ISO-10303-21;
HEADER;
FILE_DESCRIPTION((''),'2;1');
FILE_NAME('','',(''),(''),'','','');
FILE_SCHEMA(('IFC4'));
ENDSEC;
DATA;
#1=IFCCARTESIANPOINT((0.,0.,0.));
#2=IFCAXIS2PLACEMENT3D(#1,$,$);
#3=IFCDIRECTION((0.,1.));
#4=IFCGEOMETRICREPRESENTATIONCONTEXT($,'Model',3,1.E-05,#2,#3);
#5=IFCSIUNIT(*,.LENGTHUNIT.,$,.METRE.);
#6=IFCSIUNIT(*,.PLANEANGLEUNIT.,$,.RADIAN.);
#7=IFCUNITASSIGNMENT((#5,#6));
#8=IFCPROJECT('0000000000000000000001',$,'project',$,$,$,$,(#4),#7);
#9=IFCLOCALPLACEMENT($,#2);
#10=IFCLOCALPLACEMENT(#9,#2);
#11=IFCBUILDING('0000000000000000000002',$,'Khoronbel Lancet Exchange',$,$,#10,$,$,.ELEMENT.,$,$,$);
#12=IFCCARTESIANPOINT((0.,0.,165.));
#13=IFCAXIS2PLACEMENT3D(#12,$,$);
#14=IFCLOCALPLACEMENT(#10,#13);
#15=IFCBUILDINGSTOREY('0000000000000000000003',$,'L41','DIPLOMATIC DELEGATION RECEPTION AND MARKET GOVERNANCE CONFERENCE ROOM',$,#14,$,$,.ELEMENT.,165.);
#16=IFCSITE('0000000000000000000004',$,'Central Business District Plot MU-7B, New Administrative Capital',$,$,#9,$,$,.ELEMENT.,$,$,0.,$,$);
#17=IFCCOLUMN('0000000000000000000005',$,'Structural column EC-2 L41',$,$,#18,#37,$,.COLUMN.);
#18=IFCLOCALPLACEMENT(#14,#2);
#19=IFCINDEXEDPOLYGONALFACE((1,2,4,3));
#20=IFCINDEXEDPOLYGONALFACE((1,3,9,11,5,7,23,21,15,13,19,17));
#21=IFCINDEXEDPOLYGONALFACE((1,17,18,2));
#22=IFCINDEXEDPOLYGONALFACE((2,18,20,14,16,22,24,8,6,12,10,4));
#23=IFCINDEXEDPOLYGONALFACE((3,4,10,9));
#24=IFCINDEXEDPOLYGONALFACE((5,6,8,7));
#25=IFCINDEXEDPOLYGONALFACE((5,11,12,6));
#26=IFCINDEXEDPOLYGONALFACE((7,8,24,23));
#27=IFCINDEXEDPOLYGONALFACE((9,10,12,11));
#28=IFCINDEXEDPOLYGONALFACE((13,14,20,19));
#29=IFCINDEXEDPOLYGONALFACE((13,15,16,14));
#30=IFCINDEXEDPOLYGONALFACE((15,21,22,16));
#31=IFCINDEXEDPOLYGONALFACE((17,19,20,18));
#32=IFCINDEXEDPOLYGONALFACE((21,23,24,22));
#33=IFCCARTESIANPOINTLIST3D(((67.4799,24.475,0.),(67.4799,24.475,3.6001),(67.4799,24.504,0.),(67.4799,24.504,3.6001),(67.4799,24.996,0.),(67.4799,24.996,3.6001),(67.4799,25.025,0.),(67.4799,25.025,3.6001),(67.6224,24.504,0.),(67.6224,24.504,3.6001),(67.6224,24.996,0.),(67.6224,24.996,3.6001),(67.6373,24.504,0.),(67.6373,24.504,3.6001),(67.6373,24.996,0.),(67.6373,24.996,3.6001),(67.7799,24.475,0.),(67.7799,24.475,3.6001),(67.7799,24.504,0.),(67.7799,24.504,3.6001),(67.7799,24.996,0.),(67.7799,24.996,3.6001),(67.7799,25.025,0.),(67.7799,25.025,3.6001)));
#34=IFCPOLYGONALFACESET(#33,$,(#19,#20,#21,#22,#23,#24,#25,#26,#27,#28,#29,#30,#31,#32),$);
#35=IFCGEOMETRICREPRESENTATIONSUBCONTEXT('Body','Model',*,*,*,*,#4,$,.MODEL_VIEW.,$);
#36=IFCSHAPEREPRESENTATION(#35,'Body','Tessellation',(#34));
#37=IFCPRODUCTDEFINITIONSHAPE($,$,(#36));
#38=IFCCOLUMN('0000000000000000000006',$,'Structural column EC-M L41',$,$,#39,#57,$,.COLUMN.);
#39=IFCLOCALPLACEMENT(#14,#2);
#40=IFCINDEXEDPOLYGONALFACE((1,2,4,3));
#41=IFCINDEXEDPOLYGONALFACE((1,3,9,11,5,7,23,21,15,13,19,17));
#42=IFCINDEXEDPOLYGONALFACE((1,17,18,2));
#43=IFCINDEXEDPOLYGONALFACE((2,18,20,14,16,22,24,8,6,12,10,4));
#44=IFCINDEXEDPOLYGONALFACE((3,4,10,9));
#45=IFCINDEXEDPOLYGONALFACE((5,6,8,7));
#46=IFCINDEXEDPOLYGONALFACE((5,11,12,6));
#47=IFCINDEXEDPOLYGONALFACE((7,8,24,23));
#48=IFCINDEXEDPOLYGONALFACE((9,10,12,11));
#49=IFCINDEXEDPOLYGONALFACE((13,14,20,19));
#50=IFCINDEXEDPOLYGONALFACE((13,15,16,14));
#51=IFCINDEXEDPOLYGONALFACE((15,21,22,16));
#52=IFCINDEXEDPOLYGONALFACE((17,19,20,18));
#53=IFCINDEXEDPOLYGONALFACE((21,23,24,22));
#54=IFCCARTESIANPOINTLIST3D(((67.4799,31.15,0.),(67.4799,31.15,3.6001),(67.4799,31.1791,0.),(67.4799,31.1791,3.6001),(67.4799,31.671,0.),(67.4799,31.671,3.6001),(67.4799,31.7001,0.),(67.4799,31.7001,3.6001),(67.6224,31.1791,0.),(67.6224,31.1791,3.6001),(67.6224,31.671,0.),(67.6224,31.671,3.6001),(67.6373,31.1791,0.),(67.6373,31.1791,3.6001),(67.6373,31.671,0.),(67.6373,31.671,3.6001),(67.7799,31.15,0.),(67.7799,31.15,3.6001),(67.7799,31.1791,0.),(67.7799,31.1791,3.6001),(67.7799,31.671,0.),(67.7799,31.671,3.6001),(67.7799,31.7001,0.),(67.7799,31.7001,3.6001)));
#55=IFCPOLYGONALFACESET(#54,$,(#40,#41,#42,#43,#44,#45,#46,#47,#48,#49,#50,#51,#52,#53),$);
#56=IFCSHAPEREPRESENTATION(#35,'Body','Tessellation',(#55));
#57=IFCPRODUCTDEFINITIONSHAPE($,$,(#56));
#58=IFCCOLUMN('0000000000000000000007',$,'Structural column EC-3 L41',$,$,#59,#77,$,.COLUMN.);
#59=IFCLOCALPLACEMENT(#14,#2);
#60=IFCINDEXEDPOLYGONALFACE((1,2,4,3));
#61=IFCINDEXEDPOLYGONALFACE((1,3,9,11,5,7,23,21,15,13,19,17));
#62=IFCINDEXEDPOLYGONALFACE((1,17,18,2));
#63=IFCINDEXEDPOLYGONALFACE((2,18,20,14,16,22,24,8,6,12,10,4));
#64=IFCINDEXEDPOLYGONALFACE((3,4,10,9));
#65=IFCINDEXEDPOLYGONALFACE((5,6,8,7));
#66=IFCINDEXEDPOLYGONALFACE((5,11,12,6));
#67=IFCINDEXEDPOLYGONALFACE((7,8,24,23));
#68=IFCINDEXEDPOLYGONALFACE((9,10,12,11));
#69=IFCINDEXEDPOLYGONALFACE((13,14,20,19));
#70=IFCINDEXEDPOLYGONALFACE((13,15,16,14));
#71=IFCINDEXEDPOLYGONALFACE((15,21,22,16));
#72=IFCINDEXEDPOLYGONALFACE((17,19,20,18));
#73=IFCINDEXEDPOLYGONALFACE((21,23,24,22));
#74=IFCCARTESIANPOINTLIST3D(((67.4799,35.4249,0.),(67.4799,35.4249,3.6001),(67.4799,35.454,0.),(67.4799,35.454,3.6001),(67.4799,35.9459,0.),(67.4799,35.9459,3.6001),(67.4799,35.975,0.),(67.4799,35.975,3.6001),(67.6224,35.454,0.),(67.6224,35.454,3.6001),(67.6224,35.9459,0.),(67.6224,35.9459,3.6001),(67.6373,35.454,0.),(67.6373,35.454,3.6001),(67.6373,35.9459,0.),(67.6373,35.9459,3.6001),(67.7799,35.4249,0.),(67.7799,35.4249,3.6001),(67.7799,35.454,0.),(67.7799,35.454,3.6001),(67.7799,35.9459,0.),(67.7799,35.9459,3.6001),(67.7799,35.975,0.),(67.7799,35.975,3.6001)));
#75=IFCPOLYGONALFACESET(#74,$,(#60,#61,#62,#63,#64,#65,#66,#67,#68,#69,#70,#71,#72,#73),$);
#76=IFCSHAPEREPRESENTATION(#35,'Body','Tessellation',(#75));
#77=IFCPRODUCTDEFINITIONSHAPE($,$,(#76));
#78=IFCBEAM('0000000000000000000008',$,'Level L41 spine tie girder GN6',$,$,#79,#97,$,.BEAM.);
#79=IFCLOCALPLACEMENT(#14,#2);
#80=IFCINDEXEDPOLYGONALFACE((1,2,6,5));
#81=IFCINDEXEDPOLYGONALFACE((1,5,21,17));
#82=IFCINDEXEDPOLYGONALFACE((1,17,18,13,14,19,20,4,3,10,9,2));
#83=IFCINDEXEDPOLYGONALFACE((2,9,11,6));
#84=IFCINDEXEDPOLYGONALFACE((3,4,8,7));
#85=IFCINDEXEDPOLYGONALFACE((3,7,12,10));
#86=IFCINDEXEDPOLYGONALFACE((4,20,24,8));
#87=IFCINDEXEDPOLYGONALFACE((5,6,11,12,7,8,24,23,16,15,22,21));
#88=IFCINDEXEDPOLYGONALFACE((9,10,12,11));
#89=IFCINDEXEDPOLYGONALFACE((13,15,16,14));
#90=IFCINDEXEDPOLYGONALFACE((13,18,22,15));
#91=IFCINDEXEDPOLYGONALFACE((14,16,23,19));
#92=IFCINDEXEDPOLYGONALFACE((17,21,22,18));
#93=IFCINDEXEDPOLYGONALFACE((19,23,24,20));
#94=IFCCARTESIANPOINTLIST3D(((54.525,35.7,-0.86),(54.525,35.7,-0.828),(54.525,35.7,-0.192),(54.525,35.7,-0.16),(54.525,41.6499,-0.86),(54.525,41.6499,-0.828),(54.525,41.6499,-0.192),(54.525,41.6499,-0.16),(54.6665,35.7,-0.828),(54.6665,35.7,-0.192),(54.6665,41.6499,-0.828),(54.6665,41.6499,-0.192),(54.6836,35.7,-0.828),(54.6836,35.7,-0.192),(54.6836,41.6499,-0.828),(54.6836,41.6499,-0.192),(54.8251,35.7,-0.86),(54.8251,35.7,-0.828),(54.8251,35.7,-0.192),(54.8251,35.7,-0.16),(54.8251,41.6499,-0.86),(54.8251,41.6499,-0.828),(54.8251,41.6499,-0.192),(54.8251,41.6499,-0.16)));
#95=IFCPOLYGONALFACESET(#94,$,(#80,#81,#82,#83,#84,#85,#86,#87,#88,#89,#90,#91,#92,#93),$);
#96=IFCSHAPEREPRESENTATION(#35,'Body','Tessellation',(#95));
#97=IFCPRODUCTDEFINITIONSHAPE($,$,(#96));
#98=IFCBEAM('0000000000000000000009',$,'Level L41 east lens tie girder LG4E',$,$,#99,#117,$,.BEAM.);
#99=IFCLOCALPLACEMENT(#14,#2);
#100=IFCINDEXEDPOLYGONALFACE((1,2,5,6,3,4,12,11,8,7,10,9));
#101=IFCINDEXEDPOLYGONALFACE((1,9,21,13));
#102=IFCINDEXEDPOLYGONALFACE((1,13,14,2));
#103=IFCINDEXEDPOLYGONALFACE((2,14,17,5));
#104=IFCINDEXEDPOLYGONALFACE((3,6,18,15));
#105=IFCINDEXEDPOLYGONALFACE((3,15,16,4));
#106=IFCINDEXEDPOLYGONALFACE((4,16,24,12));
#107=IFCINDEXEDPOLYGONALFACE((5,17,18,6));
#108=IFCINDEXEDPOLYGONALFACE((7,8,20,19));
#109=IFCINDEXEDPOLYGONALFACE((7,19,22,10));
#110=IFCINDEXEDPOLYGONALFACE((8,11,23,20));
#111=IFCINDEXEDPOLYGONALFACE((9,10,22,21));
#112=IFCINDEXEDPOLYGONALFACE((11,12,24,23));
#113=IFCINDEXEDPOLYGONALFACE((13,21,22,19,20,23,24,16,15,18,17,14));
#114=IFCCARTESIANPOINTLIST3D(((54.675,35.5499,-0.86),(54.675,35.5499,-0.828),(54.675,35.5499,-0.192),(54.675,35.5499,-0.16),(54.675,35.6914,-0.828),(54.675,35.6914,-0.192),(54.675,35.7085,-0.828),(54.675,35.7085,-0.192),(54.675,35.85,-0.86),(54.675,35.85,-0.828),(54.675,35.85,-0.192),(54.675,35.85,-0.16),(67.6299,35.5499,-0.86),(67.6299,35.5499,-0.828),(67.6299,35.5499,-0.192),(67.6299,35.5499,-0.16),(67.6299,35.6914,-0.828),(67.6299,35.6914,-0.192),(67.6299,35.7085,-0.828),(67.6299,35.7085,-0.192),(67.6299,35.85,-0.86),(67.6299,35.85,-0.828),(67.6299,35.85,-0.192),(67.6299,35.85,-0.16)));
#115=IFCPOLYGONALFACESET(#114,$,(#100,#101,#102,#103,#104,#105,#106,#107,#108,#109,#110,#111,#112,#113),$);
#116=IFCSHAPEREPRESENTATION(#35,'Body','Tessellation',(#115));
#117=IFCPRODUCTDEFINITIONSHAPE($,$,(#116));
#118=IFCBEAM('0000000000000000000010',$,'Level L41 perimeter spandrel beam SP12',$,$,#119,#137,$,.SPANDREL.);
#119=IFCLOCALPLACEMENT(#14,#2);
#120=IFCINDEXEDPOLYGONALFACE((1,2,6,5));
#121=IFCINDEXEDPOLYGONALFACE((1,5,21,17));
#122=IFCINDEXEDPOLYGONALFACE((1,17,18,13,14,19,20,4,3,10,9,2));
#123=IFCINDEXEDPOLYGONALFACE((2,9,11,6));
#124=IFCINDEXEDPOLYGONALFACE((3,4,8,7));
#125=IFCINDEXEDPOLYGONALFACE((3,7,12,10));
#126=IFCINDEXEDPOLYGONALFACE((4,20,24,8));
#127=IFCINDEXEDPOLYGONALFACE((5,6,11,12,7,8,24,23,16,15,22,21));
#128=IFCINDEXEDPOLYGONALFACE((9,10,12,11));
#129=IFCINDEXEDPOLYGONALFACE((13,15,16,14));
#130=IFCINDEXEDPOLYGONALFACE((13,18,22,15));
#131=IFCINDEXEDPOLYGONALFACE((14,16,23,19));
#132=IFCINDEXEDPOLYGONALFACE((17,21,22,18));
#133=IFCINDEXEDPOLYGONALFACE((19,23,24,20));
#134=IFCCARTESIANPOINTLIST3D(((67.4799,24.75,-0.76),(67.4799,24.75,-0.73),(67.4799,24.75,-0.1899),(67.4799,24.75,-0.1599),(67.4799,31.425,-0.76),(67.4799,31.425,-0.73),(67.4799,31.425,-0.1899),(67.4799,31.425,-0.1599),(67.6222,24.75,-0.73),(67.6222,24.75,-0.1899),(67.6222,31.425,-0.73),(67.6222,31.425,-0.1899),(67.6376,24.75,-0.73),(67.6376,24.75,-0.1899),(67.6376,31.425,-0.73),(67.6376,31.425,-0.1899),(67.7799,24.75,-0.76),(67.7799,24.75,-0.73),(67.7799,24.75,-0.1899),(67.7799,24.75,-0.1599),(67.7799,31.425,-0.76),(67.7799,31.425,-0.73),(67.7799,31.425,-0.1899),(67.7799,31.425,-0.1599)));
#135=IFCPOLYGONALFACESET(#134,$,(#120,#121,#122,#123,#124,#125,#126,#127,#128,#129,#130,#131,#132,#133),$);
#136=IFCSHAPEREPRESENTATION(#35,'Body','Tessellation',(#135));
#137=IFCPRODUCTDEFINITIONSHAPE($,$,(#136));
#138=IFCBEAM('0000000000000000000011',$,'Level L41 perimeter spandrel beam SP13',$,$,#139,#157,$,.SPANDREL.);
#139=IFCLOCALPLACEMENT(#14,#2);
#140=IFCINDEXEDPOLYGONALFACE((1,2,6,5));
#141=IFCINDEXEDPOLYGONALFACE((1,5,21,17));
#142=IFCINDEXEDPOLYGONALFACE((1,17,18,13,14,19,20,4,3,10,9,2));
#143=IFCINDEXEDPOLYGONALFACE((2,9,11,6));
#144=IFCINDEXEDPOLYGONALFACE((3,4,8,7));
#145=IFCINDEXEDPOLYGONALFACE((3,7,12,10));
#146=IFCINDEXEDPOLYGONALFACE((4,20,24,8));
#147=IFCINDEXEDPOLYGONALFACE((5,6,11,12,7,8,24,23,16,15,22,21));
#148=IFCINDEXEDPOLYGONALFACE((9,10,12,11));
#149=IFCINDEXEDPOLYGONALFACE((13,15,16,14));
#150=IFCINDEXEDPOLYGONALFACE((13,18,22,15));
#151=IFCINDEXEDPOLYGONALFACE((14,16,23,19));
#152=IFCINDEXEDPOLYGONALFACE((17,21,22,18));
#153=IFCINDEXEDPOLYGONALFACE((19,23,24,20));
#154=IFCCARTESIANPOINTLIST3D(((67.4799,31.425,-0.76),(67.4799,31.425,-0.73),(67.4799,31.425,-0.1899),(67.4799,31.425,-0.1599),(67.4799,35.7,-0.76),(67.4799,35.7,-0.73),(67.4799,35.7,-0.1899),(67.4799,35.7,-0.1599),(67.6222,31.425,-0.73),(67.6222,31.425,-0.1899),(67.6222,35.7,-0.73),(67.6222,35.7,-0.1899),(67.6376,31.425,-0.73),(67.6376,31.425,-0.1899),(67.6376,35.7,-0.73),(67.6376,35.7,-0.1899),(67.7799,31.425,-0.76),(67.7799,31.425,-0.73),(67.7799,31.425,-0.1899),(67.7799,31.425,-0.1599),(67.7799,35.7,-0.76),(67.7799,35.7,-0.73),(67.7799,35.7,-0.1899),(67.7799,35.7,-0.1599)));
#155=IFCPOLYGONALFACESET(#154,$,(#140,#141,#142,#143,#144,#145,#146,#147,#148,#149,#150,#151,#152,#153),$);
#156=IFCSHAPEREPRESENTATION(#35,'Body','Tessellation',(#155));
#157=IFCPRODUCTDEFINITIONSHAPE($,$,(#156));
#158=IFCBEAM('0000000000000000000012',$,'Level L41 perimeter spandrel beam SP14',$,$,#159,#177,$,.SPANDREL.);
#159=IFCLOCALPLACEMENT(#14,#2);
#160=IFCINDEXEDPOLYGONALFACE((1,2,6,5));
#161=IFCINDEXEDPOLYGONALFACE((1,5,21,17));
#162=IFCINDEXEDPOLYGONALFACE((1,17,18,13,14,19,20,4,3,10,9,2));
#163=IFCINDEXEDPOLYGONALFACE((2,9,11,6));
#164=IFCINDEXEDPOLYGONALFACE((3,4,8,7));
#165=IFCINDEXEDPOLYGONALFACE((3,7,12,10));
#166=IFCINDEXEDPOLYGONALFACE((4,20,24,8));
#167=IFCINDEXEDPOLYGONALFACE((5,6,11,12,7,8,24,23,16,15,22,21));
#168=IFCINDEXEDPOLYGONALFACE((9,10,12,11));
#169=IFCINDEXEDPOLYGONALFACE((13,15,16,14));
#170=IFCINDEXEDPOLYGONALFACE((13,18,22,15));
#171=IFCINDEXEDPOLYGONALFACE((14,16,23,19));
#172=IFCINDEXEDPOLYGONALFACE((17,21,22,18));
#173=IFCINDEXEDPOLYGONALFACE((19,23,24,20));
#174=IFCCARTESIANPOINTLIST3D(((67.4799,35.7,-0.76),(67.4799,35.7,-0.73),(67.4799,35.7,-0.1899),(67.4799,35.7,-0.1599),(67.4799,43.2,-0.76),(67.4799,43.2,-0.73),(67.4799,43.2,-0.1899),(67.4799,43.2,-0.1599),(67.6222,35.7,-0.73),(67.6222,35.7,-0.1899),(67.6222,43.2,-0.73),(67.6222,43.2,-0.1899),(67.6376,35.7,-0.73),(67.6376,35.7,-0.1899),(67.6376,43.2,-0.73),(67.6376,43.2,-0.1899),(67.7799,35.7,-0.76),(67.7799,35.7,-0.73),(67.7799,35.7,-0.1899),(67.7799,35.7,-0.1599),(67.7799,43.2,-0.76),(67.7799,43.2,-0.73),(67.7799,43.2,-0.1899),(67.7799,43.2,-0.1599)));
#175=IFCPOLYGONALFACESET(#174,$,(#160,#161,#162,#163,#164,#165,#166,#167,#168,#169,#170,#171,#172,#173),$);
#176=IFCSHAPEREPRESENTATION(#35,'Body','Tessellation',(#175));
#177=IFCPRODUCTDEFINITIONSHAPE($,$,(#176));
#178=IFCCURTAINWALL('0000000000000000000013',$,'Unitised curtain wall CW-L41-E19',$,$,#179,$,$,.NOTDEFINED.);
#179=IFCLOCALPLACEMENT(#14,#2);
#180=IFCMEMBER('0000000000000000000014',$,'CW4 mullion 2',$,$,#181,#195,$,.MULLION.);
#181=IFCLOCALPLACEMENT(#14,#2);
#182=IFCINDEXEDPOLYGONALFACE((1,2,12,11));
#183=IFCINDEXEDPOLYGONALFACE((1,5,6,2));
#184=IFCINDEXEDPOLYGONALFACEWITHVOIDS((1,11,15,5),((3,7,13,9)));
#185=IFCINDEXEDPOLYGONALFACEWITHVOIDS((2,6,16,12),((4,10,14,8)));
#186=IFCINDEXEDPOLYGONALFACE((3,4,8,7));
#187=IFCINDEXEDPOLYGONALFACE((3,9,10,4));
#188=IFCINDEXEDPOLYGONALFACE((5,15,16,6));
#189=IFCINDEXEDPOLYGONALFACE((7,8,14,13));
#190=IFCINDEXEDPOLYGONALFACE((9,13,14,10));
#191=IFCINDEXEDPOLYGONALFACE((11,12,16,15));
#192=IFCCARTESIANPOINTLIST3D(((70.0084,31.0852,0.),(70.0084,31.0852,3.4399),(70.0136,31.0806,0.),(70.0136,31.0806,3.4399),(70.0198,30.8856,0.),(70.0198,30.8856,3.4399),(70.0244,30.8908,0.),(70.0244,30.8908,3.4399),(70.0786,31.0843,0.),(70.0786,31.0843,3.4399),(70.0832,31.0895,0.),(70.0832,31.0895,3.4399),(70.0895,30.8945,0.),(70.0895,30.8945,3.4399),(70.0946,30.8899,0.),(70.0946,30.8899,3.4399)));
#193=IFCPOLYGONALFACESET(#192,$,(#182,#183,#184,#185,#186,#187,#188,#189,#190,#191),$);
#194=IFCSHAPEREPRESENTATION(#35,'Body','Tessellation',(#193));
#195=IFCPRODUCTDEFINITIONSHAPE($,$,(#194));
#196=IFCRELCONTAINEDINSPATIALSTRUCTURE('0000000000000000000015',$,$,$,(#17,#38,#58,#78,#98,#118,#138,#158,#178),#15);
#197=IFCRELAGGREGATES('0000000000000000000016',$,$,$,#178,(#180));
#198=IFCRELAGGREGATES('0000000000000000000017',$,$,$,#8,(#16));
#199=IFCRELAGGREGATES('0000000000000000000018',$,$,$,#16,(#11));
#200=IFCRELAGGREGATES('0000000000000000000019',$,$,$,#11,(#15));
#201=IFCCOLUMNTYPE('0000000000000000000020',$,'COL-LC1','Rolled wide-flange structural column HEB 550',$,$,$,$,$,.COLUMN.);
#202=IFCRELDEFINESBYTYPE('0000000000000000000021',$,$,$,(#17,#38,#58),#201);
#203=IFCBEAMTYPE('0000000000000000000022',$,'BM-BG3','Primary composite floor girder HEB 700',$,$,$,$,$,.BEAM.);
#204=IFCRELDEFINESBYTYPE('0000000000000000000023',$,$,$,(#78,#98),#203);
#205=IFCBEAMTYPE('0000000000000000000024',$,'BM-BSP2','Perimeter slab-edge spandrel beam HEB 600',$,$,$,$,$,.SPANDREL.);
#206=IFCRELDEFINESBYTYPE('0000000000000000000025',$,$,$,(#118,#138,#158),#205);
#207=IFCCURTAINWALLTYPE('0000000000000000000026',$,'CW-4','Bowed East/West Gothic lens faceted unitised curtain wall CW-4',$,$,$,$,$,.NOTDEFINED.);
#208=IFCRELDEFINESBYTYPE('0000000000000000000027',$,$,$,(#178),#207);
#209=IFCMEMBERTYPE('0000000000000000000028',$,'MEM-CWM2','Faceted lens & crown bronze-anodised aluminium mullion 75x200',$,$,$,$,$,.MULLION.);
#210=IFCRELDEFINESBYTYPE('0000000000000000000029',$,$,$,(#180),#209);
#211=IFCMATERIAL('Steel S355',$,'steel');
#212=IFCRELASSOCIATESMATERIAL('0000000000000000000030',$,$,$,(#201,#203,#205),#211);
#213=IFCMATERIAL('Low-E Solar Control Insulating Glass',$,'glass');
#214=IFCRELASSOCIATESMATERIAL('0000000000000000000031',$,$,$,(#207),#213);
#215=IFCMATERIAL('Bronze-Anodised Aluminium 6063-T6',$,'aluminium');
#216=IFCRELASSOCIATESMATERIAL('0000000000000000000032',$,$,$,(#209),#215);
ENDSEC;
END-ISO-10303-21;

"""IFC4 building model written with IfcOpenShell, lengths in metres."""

from ifc_helpers import new_model, si_unit, direction, frame, origin, origin_2d, place, context, subcontext, project, spatial, hollow_rectangle, i_section, extrude, material, material_profile, profile_set, type_object, element, aggregate, save


model = new_model("IFC4")

# Units and contexts
model_context = context("Model", 3, precision=1e-05, world=origin(), true_north=direction((0.0, 1.0)))
body_context = subcontext(model_context, "Body", "Model", "MODEL_VIEW")
ifc_project = project(units=[si_unit("LENGTHUNIT", "METRE"), si_unit("PLANEANGLEUNIT", "RADIAN")], contexts=[model_context])

# Site, building, storey
site_placement = place(None, origin())
site = spatial("IfcSite", under=ifc_project, at=site_placement, Name="Central Business District Plot MU-7B, New Administrative Capital", CompositionType="ELEMENT", RefElevation=0.0)
building_placement = place(site_placement, origin())
building = spatial("IfcBuilding", under=site, at=building_placement, Name="Khoronbel Lancet Exchange", CompositionType="ELEMENT")
storey_placement = place(building_placement, frame((0.0, 0.0, 165.0)))
storey = spatial("IfcBuildingStorey", under=building, at=storey_placement, Name="L41", Description="DIPLOMATIC DELEGATION RECEPTION AND MARKET GOVERNANCE CONFERENCE ROOM", CompositionType="ELEMENT", Elevation=165.0)

# Columns
ifc_material_1 = material(Name="Steel S355", Category="steel")
ifc_material_profile_1 = material_profile(ifc_material_1, i_section(OverallWidth=0.3, OverallDepth=0.55, WebThickness=0.0149, FlangeThickness=0.0291, at=origin_2d()), Name="HEB 550")
ifc_profile_set_1 = profile_set([ifc_material_profile_1], Name="Steel S355")
column_type = type_object("IfcColumnType", Name="COL-LC1", Description="Rolled wide-flange structural column HEB 550", PredefinedType="COLUMN", material=ifc_profile_set_1)
for number, where, z_axis, x_axis, name in (
    (1, (67.6299, 24.75, 0.0), (0.0, 0.0, 1.0), (1.0, 0.0, 0.0), "Structural column EC-2 L41"),
    (2, (67.6299, 31.425, 0.0), (0.0, 0.0, 1.0), (1.0, 0.0, 0.0), "Structural column EC-M L41"),
    (3, (67.6299, 35.7, 0.0), (0.0, 0.0, 1.0), (1.0, 0.0, 0.0), "Structural column EC-3 L41"),
):
    element("IfcColumn", number, at=place(storey_placement, frame(where, z_axis=z_axis, x_axis=x_axis)), inside=storey, type_object=column_type, Name=name, PredefinedType="COLUMN", context=body_context, shape_type="SweptSolid", body=[
        extrude(i_section(OverallWidth=0.3, OverallDepth=0.55, WebThickness=0.0149, FlangeThickness=0.0291, at=origin_2d()), origin(), (0.0, 0.0, 1.0), 3.6001),
    ])

# Beams
ifc_material_profile_2 = material_profile(ifc_material_1, i_section(OverallWidth=0.3, OverallDepth=0.7, WebThickness=0.0171, FlangeThickness=0.032, at=origin_2d()), Name="HEB 700")
ifc_profile_set_2 = profile_set([ifc_material_profile_2], Name="Steel S355")
beam_type_1 = type_object("IfcBeamType", Name="BM-BG3", Description="Primary composite floor girder HEB 700", PredefinedType="BEAM", material=ifc_profile_set_2)
beam_1_placement = place(storey_placement, frame((54.675, 35.7, -0.51), z_axis=(0.0, 1.0, 0.0), x_axis=(-1.0, 0.0, 0.0)))
element("IfcBeam", 4, at=beam_1_placement, inside=storey, type_object=beam_type_1, Name="Level L41 spine tie girder GN6", PredefinedType="BEAM", context=body_context, shape_type="SweptSolid", body=[
    extrude(i_section(OverallWidth=0.3, OverallDepth=0.7, WebThickness=0.0171, FlangeThickness=0.032, at=origin_2d()), origin(), (0.0, 0.0, 1.0), 5.95),
])
beam_2_placement = place(storey_placement, frame((54.675, 35.7, -0.51), z_axis=(1.0, 0.0, 0.0), x_axis=(0.0, 1.0, 0.0)))
element("IfcBeam", 5, at=beam_2_placement, inside=storey, type_object=beam_type_1, Name="Level L41 east lens tie girder LG4E", PredefinedType="BEAM", context=body_context, shape_type="SweptSolid", body=[
    extrude(i_section(OverallWidth=0.3, OverallDepth=0.7, WebThickness=0.0171, FlangeThickness=0.032, at=origin_2d()), origin(), (0.0, 0.0, 1.0), 12.9548),
])
ifc_material_profile_3 = material_profile(ifc_material_1, i_section(OverallWidth=0.3, OverallDepth=0.6001, WebThickness=0.0154, FlangeThickness=0.03, at=origin_2d()), Name="HEB 600")
ifc_profile_set_3 = profile_set([ifc_material_profile_3], Name="Steel S355")
beam_type_2 = type_object("IfcBeamType", Name="BM-BSP2", Description="Perimeter slab-edge spandrel beam HEB 600", PredefinedType="SPANDREL", material=ifc_profile_set_3)
beam_3_placement = place(storey_placement, frame((67.6299, 24.75, -0.46), z_axis=(0.0, 1.0, 0.0), x_axis=(-1.0, 0.0, 0.0)))
element("IfcBeam", 6, at=beam_3_placement, inside=storey, type_object=beam_type_2, Name="Level L41 perimeter spandrel beam SP12", PredefinedType="SPANDREL", context=body_context, shape_type="SweptSolid", body=[
    extrude(i_section(OverallWidth=0.3, OverallDepth=0.6001, WebThickness=0.0154, FlangeThickness=0.03, at=origin_2d()), origin(), (0.0, 0.0, 1.0), 6.675),
])
beam_4_placement = place(storey_placement, frame((67.6299, 31.425, -0.46), z_axis=(0.0, 1.0, 0.0), x_axis=(-1.0, 0.0, 0.0)))
element("IfcBeam", 7, at=beam_4_placement, inside=storey, type_object=beam_type_2, Name="Level L41 perimeter spandrel beam SP13", PredefinedType="SPANDREL", context=body_context, shape_type="SweptSolid", body=[
    extrude(i_section(OverallWidth=0.3, OverallDepth=0.6001, WebThickness=0.0154, FlangeThickness=0.03, at=origin_2d()), origin(), (0.0, 0.0, 1.0), 4.2749),
])
beam_5_placement = place(storey_placement, frame((67.6299, 35.7, -0.46), z_axis=(0.0, 1.0, 0.0), x_axis=(-1.0, 0.0, 0.0)))
element("IfcBeam", 8, at=beam_5_placement, inside=storey, type_object=beam_type_2, Name="Level L41 perimeter spandrel beam SP14", PredefinedType="SPANDREL", context=body_context, shape_type="SweptSolid", body=[
    extrude(i_section(OverallWidth=0.3, OverallDepth=0.6001, WebThickness=0.0154, FlangeThickness=0.03, at=origin_2d()), origin(), (0.0, 0.0, 1.0), 7.5),
])

# Curtain wall, member
ifc_material_2 = material(Name="Low-E Solar Control Insulating Glass", Category="glass")
curtain_wall_type = type_object("IfcCurtainWallType", Name="CW-4", Description="Bowed East/West Gothic lens faceted unitised curtain wall CW-4", PredefinedType="NOTDEFINED", material=ifc_material_2)
curtain_wall_1_placement = place(storey_placement, origin())
curtain_wall_1 = element("IfcCurtainWall", 9, at=curtain_wall_1_placement, inside=storey, type_object=curtain_wall_type, Name="Unitised curtain wall CW-L41-E19", PredefinedType="NOTDEFINED")
ifc_material_3 = material(Name="Bronze-Anodised Aluminium 6063-T6", Category="aluminium")
ifc_material_profile_4 = material_profile(ifc_material_3, hollow_rectangle(XDim=0.075, YDim=0.2, WallThickness=0.0049, at=origin_2d()), Name="ALU MULLION 75x200")
ifc_profile_set_4 = profile_set([ifc_material_profile_4], Name="Bronze-Anodised Aluminium 6063-T6")
member_type_1 = type_object("IfcMemberType", Name="MEM-CWM2", Description="Faceted lens & crown bronze-anodised aluminium mullion 75x200", PredefinedType="MULLION", material=ifc_profile_set_4)
member_1_placement = place(storey_placement, frame((70.0515, 30.9875, 0.0), z_axis=(0.0, 0.0, 1.0), x_axis=(0.998376, 0.056966, 0.0)))
member_1 = element("IfcMember", 10, at=member_1_placement, type_object=member_type_1, Name="CW4 mullion 2", PredefinedType="MULLION", context=body_context, shape_type="SweptSolid", body=[
    extrude(hollow_rectangle(XDim=0.075, YDim=0.2, WallThickness=0.0049, at=origin_2d()), origin(), (0.0, 0.0, 1.0), 3.4399),
])

aggregate(curtain_wall_1, [member_1])

save(model, "model.ifc")
